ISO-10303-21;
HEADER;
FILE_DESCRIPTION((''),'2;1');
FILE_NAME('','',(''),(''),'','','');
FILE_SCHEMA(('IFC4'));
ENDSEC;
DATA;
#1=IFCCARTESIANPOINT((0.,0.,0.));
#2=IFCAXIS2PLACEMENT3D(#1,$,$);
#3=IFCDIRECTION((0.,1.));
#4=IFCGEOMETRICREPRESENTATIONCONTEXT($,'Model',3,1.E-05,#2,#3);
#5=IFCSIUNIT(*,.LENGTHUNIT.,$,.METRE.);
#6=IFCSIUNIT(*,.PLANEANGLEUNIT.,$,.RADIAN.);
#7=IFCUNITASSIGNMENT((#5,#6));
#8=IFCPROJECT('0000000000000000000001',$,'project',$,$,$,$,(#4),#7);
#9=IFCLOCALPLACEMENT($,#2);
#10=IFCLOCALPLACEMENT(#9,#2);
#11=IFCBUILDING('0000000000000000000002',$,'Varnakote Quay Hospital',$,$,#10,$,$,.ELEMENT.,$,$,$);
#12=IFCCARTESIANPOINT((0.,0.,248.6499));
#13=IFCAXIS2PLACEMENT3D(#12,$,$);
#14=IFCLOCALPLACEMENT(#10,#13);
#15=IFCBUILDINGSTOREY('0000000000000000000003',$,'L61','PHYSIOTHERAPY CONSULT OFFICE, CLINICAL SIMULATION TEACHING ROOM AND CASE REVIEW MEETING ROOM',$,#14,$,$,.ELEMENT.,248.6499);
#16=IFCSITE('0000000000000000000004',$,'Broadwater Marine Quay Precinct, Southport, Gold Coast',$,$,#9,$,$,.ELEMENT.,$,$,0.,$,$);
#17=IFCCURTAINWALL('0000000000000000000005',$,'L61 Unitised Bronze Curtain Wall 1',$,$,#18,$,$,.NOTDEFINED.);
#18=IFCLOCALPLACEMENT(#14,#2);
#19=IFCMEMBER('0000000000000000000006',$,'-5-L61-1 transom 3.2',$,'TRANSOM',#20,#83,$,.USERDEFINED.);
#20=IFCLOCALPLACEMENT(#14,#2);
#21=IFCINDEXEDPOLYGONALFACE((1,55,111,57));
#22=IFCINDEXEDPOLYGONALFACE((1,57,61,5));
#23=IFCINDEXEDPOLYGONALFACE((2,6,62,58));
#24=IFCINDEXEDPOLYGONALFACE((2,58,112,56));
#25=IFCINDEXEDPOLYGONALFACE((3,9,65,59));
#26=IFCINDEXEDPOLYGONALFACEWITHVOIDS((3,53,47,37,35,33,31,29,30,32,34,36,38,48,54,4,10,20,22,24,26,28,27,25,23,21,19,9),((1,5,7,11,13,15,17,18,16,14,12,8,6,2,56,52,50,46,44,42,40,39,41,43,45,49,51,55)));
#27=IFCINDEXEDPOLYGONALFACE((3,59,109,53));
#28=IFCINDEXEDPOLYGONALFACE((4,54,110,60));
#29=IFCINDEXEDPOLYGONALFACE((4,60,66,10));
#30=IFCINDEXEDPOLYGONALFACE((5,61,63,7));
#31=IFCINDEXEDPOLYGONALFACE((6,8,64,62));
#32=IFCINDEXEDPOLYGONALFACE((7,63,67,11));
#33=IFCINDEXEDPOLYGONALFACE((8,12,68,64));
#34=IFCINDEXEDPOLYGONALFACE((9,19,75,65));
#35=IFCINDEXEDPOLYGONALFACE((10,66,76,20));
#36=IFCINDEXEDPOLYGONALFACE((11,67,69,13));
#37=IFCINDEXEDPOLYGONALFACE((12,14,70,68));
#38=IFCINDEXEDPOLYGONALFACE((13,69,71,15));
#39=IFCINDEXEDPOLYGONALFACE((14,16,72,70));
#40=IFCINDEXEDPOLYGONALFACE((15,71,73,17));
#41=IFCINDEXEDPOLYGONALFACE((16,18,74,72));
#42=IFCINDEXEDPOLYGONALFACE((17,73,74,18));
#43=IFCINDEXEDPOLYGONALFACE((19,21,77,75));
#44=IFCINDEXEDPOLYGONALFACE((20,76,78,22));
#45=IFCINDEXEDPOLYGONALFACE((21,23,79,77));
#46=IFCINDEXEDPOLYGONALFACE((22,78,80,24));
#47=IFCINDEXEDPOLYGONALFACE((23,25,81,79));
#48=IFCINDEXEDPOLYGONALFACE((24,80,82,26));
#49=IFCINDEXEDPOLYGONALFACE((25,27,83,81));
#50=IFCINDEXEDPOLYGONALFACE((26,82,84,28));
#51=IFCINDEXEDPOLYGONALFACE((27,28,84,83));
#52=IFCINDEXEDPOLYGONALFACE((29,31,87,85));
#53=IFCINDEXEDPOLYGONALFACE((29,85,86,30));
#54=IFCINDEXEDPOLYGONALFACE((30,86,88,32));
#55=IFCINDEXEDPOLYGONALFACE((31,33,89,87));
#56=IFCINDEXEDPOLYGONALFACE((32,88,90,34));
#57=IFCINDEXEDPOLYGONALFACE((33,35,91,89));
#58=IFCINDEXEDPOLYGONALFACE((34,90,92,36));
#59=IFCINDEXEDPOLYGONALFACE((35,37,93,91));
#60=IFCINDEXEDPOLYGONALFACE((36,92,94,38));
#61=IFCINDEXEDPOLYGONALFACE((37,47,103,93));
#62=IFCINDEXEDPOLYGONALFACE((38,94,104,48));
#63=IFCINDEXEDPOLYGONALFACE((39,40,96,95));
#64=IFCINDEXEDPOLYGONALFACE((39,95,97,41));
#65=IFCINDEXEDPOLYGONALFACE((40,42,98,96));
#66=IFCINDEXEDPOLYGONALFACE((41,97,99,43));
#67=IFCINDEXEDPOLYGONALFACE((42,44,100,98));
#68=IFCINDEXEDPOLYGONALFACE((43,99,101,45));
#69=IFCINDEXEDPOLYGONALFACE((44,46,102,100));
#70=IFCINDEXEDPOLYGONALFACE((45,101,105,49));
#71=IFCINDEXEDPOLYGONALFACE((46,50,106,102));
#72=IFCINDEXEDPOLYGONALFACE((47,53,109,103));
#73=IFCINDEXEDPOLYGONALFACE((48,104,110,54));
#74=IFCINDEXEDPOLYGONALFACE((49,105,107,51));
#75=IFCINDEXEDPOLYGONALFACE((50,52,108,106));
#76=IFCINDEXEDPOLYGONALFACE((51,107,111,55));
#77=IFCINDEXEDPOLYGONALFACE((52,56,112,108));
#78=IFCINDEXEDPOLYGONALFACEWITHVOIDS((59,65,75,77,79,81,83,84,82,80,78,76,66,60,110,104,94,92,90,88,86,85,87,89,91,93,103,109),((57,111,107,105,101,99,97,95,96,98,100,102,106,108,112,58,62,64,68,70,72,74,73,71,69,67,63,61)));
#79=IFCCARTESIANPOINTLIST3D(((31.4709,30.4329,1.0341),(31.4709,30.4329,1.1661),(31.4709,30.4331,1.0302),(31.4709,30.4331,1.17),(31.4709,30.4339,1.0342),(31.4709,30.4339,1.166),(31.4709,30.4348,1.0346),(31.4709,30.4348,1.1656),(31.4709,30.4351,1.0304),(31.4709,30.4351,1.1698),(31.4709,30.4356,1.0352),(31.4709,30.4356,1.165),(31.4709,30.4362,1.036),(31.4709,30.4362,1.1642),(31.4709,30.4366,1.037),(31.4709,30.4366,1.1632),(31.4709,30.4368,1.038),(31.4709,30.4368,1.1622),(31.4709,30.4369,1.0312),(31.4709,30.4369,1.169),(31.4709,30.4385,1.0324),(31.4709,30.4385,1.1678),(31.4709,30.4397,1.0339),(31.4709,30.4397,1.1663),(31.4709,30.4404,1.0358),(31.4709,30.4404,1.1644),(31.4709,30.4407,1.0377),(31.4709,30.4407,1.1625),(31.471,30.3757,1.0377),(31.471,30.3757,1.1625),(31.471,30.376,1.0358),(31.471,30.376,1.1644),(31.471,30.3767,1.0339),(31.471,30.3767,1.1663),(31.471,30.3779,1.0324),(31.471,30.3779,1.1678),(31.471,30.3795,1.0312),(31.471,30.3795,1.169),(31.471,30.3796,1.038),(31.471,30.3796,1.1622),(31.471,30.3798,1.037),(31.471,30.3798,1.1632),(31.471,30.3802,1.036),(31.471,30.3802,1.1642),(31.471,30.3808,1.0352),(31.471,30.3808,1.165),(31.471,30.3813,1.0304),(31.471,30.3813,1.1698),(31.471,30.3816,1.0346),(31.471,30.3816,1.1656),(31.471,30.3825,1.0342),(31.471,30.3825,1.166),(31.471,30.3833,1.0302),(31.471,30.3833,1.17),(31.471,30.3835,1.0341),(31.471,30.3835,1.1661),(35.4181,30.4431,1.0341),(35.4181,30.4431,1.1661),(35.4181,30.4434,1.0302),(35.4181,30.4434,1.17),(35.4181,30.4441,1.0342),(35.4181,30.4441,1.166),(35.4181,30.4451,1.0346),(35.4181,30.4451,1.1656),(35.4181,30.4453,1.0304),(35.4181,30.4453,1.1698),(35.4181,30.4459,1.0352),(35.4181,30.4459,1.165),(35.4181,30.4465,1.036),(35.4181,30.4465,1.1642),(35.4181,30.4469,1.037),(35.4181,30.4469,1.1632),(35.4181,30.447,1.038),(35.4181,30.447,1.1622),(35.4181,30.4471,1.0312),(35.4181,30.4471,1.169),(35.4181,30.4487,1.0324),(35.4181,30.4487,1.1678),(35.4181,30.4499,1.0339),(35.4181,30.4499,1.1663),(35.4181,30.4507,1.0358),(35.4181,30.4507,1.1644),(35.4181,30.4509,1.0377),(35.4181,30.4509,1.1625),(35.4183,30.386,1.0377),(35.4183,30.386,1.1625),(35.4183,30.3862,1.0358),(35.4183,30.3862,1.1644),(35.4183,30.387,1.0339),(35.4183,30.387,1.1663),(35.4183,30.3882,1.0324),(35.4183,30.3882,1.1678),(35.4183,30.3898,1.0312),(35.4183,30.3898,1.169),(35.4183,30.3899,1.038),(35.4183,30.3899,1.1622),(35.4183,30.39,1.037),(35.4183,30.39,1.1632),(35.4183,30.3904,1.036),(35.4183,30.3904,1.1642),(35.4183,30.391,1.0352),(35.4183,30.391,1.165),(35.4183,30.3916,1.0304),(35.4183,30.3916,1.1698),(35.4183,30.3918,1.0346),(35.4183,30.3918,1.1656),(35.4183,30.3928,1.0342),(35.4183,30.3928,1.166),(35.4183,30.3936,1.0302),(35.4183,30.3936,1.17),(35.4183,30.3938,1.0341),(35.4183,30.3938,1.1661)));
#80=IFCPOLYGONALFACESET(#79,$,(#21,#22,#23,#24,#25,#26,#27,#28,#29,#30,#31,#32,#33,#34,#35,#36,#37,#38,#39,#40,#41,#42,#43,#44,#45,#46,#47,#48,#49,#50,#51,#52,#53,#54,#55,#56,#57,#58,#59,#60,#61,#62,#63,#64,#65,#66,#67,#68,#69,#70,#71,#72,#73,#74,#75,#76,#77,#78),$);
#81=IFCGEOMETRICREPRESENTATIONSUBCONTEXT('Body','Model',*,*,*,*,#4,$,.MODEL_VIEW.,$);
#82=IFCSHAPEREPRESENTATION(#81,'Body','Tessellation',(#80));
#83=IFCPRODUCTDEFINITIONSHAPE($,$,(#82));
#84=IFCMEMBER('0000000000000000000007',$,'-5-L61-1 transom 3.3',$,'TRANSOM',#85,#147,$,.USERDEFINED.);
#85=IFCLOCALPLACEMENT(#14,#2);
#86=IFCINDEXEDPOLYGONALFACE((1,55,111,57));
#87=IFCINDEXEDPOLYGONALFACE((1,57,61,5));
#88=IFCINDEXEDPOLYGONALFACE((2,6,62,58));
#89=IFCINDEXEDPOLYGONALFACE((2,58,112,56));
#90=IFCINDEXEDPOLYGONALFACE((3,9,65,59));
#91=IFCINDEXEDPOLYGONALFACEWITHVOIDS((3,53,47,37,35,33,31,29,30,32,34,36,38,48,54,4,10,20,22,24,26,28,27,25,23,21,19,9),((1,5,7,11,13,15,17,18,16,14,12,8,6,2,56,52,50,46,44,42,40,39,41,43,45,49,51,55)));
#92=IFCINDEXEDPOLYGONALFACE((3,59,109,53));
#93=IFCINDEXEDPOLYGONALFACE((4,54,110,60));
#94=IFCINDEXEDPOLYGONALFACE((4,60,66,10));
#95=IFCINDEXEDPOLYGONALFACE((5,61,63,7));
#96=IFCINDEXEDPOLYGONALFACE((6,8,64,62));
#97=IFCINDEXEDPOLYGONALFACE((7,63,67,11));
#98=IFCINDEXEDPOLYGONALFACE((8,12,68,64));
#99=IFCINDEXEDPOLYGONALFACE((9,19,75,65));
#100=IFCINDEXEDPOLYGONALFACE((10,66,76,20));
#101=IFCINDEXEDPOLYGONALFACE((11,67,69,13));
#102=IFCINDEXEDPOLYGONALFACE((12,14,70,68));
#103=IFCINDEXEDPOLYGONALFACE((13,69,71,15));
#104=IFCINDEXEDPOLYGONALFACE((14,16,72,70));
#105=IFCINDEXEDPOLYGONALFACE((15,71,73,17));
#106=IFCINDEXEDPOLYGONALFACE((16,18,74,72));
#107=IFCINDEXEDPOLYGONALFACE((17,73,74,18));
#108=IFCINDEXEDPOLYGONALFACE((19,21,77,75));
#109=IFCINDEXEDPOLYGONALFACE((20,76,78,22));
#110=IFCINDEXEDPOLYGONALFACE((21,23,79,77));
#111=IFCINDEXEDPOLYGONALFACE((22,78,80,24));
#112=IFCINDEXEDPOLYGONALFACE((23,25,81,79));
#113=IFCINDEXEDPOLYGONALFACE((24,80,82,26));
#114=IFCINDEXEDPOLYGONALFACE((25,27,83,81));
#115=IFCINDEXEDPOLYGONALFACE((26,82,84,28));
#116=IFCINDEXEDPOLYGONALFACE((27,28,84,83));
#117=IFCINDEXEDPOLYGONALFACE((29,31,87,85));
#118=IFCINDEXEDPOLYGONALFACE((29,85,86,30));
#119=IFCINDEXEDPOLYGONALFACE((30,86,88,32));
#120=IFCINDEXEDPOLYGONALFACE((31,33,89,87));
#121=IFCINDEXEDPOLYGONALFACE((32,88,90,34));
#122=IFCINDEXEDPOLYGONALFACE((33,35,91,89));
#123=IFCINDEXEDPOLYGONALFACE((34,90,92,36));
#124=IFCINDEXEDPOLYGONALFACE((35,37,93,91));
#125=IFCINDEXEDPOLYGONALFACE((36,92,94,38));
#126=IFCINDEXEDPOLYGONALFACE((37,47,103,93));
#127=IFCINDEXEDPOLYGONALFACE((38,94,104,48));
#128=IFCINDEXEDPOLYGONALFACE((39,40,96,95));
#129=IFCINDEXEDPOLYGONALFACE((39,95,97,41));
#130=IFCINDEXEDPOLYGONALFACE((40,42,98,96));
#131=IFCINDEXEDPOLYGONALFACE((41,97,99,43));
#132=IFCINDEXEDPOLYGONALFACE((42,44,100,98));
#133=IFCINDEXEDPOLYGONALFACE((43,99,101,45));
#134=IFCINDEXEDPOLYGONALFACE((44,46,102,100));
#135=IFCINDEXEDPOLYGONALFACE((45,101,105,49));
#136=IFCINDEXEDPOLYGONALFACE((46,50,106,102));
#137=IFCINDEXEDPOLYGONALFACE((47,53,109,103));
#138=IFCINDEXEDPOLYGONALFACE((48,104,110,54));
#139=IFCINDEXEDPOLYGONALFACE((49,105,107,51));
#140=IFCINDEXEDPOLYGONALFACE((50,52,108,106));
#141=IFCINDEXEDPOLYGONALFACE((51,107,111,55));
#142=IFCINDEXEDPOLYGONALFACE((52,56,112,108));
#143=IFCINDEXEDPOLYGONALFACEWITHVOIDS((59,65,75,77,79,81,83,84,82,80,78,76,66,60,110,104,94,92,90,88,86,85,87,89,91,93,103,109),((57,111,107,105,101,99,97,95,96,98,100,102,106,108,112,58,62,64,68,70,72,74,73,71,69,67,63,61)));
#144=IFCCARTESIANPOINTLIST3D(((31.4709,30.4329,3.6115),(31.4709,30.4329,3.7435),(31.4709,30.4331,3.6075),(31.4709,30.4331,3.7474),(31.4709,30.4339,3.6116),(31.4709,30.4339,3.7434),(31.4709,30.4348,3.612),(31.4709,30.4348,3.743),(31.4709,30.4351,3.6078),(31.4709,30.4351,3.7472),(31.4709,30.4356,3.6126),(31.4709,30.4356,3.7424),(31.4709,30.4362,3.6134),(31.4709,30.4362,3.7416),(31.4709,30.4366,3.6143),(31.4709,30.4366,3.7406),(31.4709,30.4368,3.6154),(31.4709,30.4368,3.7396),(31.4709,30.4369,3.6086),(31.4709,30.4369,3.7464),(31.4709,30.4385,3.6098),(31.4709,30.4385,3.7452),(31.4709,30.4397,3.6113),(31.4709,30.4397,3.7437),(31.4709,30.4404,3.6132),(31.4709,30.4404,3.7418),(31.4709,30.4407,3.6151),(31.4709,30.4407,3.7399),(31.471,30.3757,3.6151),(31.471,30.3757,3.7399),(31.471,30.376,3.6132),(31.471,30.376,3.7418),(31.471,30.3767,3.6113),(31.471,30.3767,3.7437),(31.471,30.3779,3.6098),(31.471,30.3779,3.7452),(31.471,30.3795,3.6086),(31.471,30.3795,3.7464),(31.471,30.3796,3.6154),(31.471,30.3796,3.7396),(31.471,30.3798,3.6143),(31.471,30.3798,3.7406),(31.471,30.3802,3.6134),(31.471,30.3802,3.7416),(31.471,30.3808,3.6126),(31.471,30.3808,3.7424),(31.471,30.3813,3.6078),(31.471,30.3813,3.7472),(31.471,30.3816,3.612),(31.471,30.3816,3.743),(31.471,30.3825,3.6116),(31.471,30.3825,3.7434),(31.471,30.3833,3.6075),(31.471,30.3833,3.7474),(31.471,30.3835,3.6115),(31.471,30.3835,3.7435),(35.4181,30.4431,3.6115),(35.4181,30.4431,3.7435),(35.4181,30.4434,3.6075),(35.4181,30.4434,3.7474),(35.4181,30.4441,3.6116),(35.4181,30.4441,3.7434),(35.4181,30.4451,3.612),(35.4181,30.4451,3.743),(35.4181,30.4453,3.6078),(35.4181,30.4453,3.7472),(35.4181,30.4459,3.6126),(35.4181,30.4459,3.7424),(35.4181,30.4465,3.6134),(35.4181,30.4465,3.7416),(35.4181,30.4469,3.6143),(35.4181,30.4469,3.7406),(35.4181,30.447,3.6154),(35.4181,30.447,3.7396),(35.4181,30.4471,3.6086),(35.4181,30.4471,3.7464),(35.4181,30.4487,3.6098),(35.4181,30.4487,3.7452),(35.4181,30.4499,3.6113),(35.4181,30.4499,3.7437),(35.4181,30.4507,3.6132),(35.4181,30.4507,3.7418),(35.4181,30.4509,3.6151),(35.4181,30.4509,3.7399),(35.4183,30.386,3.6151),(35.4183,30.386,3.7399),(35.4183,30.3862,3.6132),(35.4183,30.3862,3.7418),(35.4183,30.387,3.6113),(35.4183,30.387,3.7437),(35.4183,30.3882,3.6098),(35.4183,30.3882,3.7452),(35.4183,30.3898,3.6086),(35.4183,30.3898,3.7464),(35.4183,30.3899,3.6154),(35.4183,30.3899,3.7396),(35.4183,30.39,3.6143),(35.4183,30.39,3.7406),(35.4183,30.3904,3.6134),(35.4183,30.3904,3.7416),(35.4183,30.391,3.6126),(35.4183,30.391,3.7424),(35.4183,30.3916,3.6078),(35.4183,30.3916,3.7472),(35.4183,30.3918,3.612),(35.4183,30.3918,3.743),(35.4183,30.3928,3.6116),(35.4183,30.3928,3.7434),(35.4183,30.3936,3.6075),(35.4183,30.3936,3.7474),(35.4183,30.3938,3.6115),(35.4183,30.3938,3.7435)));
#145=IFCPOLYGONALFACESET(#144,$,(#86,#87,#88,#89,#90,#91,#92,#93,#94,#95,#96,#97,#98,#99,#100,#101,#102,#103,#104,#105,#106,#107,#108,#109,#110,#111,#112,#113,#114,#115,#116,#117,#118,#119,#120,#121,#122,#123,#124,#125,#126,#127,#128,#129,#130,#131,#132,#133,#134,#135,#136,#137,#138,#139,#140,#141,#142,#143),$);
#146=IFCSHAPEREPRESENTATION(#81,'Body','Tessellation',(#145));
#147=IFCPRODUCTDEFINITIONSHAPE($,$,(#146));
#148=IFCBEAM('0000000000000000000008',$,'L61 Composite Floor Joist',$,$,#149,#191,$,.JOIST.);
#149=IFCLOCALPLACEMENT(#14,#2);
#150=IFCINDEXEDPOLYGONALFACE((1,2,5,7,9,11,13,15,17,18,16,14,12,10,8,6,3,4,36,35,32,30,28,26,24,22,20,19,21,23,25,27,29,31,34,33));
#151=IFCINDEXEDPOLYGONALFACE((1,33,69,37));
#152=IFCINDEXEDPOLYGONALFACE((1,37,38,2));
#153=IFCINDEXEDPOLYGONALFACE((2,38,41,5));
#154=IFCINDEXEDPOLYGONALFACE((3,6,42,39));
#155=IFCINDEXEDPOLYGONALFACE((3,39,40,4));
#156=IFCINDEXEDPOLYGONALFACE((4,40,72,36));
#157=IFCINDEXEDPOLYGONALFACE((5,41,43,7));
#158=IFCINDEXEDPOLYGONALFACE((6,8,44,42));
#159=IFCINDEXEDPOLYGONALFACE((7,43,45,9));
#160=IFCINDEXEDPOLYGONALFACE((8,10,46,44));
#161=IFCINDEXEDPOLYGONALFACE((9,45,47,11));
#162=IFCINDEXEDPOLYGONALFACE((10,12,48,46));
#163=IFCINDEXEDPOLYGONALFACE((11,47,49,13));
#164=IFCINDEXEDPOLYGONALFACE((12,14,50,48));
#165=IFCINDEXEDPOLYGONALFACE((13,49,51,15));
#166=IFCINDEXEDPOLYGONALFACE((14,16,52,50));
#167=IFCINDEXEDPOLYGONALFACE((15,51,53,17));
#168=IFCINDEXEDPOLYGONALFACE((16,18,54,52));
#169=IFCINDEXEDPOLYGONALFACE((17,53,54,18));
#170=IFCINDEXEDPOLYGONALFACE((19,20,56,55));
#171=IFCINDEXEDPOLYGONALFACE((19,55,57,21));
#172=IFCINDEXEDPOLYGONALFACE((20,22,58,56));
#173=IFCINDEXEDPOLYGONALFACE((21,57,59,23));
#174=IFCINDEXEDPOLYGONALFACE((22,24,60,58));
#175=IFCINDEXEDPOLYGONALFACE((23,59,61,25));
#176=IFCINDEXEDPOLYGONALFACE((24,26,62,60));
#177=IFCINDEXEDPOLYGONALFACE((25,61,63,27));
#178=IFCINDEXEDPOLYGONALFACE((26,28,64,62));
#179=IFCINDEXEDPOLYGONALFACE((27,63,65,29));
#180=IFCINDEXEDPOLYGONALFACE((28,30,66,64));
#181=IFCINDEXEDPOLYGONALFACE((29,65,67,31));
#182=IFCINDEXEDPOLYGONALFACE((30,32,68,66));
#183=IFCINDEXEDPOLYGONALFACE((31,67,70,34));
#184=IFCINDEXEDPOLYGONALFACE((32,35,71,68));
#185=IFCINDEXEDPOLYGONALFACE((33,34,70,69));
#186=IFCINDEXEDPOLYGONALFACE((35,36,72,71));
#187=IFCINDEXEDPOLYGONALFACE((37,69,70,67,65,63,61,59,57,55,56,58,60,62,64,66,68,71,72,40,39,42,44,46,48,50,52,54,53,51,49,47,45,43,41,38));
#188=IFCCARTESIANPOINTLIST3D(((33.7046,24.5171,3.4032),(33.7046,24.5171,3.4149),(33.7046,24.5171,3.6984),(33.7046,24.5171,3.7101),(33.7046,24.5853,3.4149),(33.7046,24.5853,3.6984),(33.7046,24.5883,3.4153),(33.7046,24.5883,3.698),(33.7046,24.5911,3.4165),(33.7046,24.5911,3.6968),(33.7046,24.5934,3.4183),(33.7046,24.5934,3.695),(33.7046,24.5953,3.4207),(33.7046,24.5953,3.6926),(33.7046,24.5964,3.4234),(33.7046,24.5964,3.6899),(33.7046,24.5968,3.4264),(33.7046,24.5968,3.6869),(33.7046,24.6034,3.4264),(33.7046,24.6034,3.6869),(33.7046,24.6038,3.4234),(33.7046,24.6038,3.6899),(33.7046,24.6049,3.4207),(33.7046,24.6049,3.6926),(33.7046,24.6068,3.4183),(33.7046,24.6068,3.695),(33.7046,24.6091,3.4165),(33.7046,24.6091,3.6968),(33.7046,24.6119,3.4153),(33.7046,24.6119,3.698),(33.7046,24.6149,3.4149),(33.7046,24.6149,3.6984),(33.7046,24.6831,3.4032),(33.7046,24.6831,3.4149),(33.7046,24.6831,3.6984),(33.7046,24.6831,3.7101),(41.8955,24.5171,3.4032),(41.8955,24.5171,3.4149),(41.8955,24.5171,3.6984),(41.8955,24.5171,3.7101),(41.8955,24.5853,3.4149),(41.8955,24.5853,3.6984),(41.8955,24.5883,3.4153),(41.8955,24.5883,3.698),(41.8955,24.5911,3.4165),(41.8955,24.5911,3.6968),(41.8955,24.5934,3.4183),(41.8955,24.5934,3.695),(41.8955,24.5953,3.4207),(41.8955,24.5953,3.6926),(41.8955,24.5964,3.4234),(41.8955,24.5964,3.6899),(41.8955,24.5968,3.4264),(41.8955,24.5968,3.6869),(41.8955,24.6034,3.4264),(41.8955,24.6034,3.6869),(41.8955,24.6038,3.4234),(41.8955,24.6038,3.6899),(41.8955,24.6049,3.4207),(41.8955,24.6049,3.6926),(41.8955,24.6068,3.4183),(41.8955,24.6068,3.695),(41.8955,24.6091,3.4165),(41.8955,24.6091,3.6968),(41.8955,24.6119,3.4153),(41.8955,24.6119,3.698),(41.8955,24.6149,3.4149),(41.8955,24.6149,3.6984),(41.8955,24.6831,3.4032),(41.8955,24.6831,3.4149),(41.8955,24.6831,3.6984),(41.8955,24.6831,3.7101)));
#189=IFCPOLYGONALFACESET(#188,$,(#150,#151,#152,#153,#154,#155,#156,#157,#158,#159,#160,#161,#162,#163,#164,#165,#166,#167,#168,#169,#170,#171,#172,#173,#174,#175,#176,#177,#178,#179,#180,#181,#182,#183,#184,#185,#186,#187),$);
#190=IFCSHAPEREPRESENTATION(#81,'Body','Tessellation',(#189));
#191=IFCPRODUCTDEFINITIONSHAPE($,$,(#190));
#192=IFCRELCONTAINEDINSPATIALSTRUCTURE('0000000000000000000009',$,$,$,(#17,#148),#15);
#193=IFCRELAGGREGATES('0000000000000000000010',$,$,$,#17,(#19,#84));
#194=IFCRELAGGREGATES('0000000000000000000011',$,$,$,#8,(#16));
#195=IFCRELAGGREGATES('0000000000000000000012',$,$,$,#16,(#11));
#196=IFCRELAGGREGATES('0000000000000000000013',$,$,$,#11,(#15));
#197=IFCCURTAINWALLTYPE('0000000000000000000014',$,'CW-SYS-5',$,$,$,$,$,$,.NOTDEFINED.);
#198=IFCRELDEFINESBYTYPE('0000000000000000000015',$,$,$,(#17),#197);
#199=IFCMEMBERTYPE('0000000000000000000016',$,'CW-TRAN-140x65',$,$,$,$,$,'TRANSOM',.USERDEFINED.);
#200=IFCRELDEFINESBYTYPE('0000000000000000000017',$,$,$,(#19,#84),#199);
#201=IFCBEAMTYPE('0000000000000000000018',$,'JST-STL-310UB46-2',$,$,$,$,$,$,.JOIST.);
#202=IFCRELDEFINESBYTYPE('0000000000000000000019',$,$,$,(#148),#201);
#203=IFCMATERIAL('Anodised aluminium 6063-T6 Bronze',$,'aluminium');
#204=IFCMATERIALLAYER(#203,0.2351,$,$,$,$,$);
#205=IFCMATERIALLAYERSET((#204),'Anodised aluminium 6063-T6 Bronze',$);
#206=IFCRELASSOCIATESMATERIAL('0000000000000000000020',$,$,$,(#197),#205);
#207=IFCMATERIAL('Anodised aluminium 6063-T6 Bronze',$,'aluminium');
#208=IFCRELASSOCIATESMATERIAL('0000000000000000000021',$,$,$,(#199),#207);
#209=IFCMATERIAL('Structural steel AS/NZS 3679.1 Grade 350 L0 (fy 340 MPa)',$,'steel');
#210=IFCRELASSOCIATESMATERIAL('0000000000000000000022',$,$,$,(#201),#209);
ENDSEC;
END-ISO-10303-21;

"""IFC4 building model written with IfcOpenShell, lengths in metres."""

from ifc_helpers import new_model, si_unit, direction, frame, origin, origin_2d, place, context, subcontext, project, spatial, hollow_rectangle, i_section, extrude, material, layer, layer_set, material_profile, profile_set, type_object, element, aggregate, save


model = new_model("IFC4")

# Units and contexts
model_context = context("Model", 3, precision=1e-05, world=origin(), true_north=direction((0.0, 1.0)))
body_context = subcontext(model_context, "Body", "Model", "MODEL_VIEW")
ifc_project = project(units=[si_unit("LENGTHUNIT", "METRE"), si_unit("PLANEANGLEUNIT", "RADIAN")], contexts=[model_context])

# Site, building, storey
site_placement = place(None, origin())
site = spatial("IfcSite", under=ifc_project, at=site_placement, Name="Broadwater Marine Quay Precinct, Southport, Gold Coast", CompositionType="ELEMENT", RefElevation=0.0)
building_placement = place(site_placement, origin())
building = spatial("IfcBuilding", under=site, at=building_placement, Name="Varnakote Quay Hospital", CompositionType="ELEMENT")
storey_placement = place(building_placement, frame((0.0, 0.0, 248.6499)))
storey = spatial("IfcBuildingStorey", under=building, at=storey_placement, Name="L61", Description="PHYSIOTHERAPY CONSULT OFFICE, CLINICAL SIMULATION TEACHING ROOM AND CASE REVIEW MEETING ROOM", CompositionType="ELEMENT", Elevation=248.6499)

# Curtain wall, members
ifc_material_1 = material(Name="Anodised aluminium 6063-T6 Bronze", Category="aluminium")
ifc_layer_1 = layer(ifc_material_1, 0.2351)
ifc_layer_set_1 = layer_set([ifc_layer_1], Name="Anodised aluminium 6063-T6 Bronze")
curtain_wall_type = type_object("IfcCurtainWallType", Name="CW-SYS-5", PredefinedType="NOTDEFINED", material=ifc_layer_set_1)
curtain_wall_placement = place(storey_placement, origin())
curtain_wall = element("IfcCurtainWall", 1, at=curtain_wall_placement, inside=storey, type_object=curtain_wall_type, Name="L61 Unitised Bronze Curtain Wall 1", PredefinedType="NOTDEFINED")
ifc_material_2 = material(Name="Anodised aluminium 6063-T6 Bronze", Category="aluminium")
ifc_material_profile_1 = material_profile(ifc_material_2, hollow_rectangle(XDim=0.0649, YDim=0.1399, WallThickness=0.0039, InnerFilletRadius=0.0039, OuterFilletRadius=0.0076, at=origin_2d()), Name="CW-TRAN-140x65")
ifc_profile_set_1 = profile_set([ifc_material_profile_1], Name="Anodised aluminium 6063-T6 Bronze")
member_type_1 = type_object("IfcMemberType", Name="CW-TRAN-140x65", ElementType="TRANSOM", PredefinedType="USERDEFINED", material=ifc_profile_set_1)
member_1_placement = place(storey_placement, frame((35.4182, 30.4185, 1.1001), z_axis=(-0.999997, -0.002598, 0.0), x_axis=(0.002598, -0.999997, 0.0)))
member_1 = element("IfcMember", 2, at=member_1_placement, type_object=member_type_1, Name="-5-L61-1 transom 3.2", ObjectType="TRANSOM", PredefinedType="USERDEFINED", context=body_context, shape_type="SweptSolid", body=[
    extrude(hollow_rectangle(XDim=0.0649, YDim=0.1399, WallThickness=0.0039, InnerFilletRadius=0.0039, OuterFilletRadius=0.0076, at=origin_2d()), origin(), (0.0, 0.0, 1.0), 3.9473),
])
member_2_placement = place(storey_placement, frame((35.4182, 30.4185, 3.6775), z_axis=(-0.999997, -0.002598, 0.0), x_axis=(0.002598, -0.999997, 0.0)))
member_2 = element("IfcMember", 3, at=member_2_placement, type_object=member_type_1, Name="-5-L61-1 transom 3.3", ObjectType="TRANSOM", PredefinedType="USERDEFINED", context=body_context, shape_type="SweptSolid", body=[
    extrude(hollow_rectangle(XDim=0.0649, YDim=0.1399, WallThickness=0.0039, InnerFilletRadius=0.0039, OuterFilletRadius=0.0076, at=origin_2d()), origin(), (0.0, 0.0, 1.0), 3.9473),
])

# Beam
ifc_material_3 = material(Name="Structural steel AS/NZS 3679.1 Grade 350 L0 (fy 340 MPa)", Category="steel")
ifc_material_profile_2 = material_profile(ifc_material_3, i_section(OverallWidth=0.166, OverallDepth=0.3069, WebThickness=0.0066, FlangeThickness=0.0117, FilletRadius=0.0115, at=origin_2d()), Name="310UB46.2")
ifc_profile_set_2 = profile_set([ifc_material_profile_2], Name="Structural steel AS/NZS 3679.1 Grade 350 L0 (fy 340 MPa)")
beam_type_1 = type_object("IfcBeamType", Name="JST-STL-310UB46-2", PredefinedType="JOIST", material=ifc_profile_set_2)
beam_1_placement = place(storey_placement, frame((33.7046, 24.6001, 3.5566), z_axis=(1.0, 0.0, 0.0), x_axis=(0.0, 1.0, 0.0)))
element("IfcBeam", 4, at=beam_1_placement, inside=storey, type_object=beam_type_1, Name="L61 Composite Floor Joist", PredefinedType="JOIST", context=body_context, shape_type="SweptSolid", body=[
    extrude(i_section(OverallWidth=0.166, OverallDepth=0.3069, WebThickness=0.0066, FlangeThickness=0.0117, FilletRadius=0.0115, at=origin_2d()), origin(), (0.0, 0.0, 1.0), 8.1909),
])

aggregate(curtain_wall, [member_1, member_2])

save(model, "model.ifc")
